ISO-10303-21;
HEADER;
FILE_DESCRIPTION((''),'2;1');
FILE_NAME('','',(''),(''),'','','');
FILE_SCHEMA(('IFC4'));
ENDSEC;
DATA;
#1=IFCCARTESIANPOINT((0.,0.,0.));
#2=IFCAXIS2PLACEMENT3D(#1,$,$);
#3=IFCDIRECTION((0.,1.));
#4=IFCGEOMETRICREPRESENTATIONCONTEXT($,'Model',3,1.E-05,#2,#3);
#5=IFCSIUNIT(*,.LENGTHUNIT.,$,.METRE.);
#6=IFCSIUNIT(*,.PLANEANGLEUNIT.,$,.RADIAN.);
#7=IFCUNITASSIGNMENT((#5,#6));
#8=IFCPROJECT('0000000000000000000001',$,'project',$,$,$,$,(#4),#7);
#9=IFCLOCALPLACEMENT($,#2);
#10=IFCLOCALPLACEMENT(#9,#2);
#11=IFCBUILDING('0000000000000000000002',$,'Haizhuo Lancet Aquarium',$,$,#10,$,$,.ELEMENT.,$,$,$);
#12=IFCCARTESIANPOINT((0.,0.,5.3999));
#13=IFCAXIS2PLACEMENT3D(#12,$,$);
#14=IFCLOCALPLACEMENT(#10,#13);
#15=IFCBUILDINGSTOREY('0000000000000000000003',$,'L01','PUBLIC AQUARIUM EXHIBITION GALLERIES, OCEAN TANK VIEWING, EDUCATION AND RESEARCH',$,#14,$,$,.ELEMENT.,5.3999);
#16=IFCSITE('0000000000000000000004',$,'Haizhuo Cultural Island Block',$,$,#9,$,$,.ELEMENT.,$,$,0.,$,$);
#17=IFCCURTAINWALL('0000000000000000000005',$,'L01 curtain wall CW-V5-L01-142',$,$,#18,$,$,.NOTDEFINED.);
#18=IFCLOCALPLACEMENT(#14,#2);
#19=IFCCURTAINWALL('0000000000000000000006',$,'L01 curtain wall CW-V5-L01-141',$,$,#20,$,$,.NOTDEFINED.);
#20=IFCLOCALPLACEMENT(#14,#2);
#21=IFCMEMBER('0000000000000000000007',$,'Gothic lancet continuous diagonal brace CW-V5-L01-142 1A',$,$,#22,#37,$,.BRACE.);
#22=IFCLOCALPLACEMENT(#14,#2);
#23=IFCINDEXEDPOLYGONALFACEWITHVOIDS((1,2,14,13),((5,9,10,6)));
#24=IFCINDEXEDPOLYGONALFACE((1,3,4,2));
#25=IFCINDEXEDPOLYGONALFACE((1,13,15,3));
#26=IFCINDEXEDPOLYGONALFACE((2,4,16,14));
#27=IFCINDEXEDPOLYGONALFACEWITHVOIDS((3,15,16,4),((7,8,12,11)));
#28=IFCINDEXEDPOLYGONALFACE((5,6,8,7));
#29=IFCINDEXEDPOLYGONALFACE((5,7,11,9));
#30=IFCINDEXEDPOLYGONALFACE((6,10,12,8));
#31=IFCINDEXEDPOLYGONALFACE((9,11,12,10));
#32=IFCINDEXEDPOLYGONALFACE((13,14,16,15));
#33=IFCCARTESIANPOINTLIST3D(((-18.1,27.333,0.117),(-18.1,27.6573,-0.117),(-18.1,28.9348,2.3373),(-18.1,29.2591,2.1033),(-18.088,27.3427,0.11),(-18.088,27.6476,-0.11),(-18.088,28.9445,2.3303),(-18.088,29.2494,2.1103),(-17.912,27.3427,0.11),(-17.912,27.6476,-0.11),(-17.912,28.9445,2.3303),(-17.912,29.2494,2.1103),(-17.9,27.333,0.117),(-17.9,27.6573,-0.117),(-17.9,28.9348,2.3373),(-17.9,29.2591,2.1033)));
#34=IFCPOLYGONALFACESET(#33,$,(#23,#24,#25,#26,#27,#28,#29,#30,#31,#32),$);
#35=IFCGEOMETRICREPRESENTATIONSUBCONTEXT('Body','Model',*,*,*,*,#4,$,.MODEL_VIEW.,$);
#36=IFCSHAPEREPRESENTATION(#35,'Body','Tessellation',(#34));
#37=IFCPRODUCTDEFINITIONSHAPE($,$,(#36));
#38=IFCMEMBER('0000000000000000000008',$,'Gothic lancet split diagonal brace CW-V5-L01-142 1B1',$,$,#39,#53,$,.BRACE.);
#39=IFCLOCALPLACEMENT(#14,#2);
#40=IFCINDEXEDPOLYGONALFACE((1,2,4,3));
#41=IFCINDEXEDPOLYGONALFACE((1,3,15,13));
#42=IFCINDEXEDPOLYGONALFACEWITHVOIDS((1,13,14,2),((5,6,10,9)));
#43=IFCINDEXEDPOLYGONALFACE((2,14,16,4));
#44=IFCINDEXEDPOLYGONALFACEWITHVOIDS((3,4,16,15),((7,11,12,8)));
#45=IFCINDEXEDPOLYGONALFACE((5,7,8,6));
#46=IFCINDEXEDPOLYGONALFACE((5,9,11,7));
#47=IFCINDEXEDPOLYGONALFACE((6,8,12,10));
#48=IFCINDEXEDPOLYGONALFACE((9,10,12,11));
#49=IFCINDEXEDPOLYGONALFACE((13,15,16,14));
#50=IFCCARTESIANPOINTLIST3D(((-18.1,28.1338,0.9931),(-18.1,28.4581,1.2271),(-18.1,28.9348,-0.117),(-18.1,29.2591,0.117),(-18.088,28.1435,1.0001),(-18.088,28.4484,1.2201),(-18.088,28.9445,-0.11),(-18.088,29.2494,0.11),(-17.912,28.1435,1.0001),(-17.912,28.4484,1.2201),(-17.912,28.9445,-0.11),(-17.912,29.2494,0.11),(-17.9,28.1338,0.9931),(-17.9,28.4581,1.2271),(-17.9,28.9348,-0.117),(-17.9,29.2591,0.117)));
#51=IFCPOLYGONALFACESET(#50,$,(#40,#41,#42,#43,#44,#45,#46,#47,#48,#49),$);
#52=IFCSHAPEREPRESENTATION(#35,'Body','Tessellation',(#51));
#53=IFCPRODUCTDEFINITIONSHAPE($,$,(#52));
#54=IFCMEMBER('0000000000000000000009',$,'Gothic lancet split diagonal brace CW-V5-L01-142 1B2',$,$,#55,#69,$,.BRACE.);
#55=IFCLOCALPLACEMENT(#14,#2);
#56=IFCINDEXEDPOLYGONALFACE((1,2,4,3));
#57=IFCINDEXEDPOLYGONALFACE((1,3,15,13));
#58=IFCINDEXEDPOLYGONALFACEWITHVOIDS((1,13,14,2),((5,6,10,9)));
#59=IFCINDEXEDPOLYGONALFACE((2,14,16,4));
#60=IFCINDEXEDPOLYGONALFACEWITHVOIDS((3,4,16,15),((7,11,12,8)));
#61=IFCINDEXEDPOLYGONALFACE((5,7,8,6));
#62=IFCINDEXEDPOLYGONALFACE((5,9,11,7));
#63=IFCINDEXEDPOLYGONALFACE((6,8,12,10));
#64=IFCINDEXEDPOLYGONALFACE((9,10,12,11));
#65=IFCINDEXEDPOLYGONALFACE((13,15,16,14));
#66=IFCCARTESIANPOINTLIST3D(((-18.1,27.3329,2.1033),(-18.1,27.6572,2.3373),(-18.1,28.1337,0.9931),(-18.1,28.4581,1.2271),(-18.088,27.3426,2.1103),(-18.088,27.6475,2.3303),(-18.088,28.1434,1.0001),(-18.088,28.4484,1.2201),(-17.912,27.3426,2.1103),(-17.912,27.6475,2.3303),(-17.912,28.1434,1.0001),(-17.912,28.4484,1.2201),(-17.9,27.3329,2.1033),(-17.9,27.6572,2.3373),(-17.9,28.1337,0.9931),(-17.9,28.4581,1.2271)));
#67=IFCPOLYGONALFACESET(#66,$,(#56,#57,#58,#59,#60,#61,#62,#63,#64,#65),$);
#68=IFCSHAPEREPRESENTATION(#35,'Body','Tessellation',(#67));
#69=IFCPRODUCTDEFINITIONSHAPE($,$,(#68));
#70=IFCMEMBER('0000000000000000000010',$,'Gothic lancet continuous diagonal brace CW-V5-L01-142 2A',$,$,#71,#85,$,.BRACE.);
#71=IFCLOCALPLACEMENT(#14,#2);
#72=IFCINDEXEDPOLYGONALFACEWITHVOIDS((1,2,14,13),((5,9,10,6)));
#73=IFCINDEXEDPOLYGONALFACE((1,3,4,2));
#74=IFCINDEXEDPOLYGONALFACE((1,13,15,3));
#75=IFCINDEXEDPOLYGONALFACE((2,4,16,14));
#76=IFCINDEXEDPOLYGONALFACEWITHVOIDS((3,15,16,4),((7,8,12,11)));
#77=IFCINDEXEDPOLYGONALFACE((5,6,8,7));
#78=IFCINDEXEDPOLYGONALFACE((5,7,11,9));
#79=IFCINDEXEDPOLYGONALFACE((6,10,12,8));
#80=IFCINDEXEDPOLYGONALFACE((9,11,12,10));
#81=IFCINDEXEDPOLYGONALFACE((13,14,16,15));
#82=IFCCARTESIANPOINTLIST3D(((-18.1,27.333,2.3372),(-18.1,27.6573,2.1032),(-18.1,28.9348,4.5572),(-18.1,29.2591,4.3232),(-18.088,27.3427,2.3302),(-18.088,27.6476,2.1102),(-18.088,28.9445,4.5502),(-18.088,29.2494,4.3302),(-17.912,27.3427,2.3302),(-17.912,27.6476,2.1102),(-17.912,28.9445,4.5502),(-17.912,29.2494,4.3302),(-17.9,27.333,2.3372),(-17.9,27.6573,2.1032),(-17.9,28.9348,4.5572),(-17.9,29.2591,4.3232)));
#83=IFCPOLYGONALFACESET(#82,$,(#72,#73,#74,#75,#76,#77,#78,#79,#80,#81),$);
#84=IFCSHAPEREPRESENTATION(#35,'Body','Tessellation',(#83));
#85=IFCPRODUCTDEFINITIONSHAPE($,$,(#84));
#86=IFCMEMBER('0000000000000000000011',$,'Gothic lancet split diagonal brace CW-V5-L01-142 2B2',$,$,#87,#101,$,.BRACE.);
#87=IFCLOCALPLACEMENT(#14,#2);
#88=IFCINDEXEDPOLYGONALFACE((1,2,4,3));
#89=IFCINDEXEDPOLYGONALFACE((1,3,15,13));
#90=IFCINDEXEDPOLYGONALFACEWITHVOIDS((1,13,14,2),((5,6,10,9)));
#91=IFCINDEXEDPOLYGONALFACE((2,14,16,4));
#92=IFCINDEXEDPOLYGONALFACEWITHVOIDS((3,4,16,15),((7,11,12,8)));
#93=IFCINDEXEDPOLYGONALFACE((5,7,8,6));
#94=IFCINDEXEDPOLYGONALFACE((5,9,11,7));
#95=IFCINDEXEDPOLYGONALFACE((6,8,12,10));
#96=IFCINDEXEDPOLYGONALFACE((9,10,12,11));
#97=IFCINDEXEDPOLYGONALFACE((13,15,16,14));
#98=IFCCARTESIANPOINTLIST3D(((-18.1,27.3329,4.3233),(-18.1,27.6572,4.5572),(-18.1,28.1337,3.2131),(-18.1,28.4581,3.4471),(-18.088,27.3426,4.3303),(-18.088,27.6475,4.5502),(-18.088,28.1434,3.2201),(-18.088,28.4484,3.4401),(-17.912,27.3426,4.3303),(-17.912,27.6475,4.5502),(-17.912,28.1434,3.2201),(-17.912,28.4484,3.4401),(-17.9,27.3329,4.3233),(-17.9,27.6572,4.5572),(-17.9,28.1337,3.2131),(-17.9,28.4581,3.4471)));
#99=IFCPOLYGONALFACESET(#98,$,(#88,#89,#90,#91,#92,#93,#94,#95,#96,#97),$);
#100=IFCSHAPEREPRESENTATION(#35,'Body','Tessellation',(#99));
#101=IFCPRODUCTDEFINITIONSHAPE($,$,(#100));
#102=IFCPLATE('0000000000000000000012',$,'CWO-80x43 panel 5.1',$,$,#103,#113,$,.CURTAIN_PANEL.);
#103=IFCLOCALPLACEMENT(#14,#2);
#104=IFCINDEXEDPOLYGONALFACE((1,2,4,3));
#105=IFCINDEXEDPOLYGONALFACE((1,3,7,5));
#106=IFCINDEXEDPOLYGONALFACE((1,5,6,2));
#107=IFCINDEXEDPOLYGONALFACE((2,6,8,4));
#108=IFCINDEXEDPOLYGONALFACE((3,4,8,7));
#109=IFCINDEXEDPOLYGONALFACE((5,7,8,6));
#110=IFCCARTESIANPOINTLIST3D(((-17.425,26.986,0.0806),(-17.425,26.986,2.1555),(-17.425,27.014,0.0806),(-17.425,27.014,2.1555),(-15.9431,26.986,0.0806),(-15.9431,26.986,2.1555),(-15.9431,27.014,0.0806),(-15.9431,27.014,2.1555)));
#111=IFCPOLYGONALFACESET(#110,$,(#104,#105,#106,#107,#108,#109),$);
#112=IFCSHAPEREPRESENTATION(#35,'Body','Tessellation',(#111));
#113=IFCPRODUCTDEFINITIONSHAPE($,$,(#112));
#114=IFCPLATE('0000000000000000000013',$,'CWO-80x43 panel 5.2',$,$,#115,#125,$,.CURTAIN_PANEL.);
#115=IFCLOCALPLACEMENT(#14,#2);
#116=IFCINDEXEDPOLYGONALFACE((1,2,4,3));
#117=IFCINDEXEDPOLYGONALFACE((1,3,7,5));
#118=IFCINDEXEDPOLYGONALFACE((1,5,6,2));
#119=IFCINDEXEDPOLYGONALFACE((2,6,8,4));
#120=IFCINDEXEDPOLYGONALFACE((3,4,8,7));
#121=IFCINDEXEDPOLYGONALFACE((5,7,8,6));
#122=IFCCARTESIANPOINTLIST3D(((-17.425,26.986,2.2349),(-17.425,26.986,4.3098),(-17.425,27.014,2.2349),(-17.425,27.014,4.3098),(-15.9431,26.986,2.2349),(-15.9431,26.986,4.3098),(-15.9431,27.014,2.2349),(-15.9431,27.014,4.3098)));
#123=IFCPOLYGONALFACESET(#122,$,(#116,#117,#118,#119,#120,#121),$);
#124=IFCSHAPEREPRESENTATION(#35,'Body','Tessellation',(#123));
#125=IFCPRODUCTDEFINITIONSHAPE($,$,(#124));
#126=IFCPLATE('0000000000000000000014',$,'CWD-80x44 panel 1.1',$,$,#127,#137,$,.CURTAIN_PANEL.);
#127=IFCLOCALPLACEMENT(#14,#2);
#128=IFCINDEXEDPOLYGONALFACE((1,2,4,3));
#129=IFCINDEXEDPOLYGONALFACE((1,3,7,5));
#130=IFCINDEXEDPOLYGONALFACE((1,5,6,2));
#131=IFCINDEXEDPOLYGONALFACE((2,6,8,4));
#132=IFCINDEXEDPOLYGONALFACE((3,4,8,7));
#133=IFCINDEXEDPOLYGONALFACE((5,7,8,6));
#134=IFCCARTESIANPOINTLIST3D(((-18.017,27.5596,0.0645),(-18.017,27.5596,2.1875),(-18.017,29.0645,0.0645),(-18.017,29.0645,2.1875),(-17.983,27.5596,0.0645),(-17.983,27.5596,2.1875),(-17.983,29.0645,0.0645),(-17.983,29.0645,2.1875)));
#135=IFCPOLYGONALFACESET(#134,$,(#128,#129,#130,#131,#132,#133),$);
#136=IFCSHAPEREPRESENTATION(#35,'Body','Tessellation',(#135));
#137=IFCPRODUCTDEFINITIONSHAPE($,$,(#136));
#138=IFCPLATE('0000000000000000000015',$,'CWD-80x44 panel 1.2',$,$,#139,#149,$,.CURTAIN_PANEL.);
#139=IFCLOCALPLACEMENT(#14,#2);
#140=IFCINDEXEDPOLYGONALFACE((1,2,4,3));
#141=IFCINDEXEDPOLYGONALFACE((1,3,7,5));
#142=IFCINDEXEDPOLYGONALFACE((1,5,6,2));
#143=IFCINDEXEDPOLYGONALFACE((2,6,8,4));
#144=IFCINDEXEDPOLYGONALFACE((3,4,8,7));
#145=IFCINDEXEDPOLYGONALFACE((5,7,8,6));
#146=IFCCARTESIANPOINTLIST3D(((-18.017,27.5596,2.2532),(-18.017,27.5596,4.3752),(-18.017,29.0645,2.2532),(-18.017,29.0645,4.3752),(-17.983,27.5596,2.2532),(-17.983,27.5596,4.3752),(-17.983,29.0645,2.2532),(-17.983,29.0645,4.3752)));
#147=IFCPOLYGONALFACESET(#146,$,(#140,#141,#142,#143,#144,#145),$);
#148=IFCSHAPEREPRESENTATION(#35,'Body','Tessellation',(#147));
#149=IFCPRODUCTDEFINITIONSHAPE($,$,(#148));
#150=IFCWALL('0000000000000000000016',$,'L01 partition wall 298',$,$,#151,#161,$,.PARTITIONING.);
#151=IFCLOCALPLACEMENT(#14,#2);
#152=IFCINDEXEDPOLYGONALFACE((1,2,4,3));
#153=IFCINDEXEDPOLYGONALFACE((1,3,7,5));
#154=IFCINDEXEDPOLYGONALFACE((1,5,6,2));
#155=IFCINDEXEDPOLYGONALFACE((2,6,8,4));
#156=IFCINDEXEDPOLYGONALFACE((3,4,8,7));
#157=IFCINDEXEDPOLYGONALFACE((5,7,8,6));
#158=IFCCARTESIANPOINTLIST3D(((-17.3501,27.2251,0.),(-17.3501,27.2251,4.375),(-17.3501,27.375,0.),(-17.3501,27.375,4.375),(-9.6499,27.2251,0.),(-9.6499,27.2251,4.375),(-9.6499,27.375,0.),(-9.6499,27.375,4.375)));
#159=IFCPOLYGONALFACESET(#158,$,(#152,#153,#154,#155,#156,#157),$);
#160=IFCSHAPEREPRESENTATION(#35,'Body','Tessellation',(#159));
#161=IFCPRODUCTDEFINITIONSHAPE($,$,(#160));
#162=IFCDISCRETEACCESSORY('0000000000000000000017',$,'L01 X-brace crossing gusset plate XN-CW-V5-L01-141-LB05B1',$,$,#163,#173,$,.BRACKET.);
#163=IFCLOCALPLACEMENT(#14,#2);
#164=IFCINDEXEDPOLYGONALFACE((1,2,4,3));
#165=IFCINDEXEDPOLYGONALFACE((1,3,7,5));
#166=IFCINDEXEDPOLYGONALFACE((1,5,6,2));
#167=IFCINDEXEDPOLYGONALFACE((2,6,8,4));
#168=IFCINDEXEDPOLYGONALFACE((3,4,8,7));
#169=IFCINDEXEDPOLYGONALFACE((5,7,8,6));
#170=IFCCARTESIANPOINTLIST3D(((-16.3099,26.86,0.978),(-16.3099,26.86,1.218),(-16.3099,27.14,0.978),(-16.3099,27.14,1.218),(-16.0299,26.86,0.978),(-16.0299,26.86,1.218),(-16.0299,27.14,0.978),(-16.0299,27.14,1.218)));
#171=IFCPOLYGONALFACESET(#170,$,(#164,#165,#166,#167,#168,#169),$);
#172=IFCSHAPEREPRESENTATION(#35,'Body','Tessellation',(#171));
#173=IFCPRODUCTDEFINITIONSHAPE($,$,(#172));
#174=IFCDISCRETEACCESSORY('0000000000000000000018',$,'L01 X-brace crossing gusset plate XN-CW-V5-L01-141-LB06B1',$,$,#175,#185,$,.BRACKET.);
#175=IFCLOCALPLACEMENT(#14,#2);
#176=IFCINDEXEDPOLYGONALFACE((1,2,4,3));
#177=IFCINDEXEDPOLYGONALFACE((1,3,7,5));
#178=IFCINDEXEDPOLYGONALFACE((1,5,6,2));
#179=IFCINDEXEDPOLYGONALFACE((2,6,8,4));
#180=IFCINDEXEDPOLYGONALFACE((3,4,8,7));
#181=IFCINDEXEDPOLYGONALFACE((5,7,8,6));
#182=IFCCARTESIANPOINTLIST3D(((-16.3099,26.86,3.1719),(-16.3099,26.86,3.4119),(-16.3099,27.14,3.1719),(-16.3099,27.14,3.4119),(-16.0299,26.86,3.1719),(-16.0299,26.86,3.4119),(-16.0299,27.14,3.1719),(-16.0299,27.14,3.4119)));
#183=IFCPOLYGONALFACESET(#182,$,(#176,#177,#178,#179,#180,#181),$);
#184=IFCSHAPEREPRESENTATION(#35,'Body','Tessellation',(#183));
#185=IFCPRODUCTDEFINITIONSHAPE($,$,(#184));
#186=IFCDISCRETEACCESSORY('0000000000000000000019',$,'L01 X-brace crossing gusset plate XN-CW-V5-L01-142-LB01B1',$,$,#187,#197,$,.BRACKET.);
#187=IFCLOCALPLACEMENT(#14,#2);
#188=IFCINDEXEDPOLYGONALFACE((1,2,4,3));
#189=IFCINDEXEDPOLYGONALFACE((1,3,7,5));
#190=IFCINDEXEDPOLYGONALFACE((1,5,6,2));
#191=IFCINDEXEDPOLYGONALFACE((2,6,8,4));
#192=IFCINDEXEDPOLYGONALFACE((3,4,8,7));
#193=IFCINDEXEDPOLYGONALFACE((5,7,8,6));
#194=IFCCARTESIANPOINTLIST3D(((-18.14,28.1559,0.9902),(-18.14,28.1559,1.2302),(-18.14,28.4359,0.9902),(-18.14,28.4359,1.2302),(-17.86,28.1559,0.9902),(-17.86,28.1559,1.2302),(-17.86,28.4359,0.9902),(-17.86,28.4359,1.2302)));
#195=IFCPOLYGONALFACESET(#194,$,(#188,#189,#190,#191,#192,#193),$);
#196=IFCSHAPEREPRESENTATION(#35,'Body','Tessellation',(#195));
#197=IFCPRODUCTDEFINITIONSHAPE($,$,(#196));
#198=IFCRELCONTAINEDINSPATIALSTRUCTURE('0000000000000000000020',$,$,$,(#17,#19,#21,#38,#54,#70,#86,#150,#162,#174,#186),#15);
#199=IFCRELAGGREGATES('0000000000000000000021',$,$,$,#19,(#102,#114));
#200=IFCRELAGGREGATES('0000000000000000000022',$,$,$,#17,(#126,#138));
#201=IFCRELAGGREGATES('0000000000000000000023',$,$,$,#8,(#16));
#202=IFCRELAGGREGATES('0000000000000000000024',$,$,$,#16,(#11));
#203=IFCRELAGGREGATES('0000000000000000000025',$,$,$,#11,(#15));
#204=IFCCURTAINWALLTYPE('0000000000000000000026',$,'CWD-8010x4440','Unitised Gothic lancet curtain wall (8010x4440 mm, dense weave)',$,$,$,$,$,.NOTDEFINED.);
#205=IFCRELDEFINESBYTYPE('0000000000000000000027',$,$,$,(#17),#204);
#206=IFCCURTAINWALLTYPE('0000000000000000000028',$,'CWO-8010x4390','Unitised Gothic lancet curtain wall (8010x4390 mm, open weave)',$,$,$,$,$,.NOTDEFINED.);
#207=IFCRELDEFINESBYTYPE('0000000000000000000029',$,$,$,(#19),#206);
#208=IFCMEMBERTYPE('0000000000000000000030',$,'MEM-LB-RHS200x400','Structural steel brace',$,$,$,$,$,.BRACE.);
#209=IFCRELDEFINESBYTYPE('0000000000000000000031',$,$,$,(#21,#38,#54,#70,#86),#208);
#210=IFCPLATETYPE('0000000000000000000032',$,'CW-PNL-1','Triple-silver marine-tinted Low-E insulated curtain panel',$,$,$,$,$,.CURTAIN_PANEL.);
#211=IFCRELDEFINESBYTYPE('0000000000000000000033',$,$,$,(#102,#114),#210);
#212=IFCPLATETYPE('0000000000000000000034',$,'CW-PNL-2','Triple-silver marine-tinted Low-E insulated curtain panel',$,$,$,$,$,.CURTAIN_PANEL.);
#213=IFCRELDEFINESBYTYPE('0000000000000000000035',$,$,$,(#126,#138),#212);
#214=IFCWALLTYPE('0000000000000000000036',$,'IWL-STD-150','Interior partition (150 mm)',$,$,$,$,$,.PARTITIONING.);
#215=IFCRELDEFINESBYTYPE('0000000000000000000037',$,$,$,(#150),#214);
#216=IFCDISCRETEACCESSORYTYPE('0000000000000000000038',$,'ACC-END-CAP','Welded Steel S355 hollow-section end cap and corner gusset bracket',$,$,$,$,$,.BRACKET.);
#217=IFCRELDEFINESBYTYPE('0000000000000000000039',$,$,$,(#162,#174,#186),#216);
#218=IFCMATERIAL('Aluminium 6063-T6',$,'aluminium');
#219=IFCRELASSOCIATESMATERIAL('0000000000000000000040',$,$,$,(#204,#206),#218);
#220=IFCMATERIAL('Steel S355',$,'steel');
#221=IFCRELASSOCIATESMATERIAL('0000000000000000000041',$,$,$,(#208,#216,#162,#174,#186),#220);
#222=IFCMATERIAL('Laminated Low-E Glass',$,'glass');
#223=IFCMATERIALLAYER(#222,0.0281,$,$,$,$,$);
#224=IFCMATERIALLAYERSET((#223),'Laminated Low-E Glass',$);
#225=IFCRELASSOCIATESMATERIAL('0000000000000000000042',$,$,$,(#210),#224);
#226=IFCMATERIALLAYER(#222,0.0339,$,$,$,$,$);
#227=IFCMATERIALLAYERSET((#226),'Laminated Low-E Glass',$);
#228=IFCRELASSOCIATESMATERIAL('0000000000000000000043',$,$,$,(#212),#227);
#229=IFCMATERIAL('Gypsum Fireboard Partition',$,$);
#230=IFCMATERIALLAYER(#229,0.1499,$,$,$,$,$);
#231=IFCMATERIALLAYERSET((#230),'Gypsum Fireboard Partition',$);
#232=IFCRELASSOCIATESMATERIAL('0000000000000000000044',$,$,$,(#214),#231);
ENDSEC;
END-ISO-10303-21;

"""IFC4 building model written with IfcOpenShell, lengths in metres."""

from ifc_helpers import new_model, si_unit, direction, frame, frame_2d, origin, origin_2d, place, context, subcontext, project, spatial, rectangle, hollow_rectangle, extrude, material, layer, layer_set, material_profile, profile_set, type_object, element, aggregate, save


model = new_model("IFC4")

# Units and contexts
model_context = context("Model", 3, precision=1e-05, world=origin(), true_north=direction((0.0, 1.0)))
body_context = subcontext(model_context, "Body", "Model", "MODEL_VIEW")
ifc_project = project(units=[si_unit("LENGTHUNIT", "METRE"), si_unit("PLANEANGLEUNIT", "RADIAN")], contexts=[model_context])

# Site, building, storey
site_placement = place(None, origin())
site = spatial("IfcSite", under=ifc_project, at=site_placement, Name="Haizhuo Cultural Island Block", CompositionType="ELEMENT", RefElevation=0.0)
building_placement = place(site_placement, origin())
building = spatial("IfcBuilding", under=site, at=building_placement, Name="Haizhuo Lancet Aquarium", CompositionType="ELEMENT")
storey_placement = place(building_placement, frame((0.0, 0.0, 5.3999)))
storey = spatial("IfcBuildingStorey", under=building, at=storey_placement, Name="L01", Description="PUBLIC AQUARIUM EXHIBITION GALLERIES, OCEAN TANK VIEWING, EDUCATION AND RESEARCH", CompositionType="ELEMENT", Elevation=5.3999)

# Curtain wall
ifc_material_1 = material(Name="Aluminium 6063-T6", Category="aluminium")
curtain_wall_type_1 = type_object("IfcCurtainWallType", Name="CWD-8010x4440", Description="Unitised Gothic lancet curtain wall (8010x4440 mm, dense weave)", PredefinedType="NOTDEFINED", material=ifc_material_1)
curtain_wall_1_placement = place(storey_placement, origin())
curtain_wall_1 = element("IfcCurtainWall", 1, at=curtain_wall_1_placement, inside=storey, type_object=curtain_wall_type_1, Name="L01 curtain wall CW-V5-L01-142", PredefinedType="NOTDEFINED")

# Curtain wall
curtain_wall_type_2 = type_object("IfcCurtainWallType", Name="CWO-8010x4390", Description="Unitised Gothic lancet curtain wall (8010x4390 mm, open weave)", PredefinedType="NOTDEFINED", material=ifc_material_1)
curtain_wall_2_placement = place(storey_placement, origin())
curtain_wall_2 = element("IfcCurtainWall", 2, at=curtain_wall_2_placement, inside=storey, type_object=curtain_wall_type_2, Name="L01 curtain wall CW-V5-L01-141", PredefinedType="NOTDEFINED")

# Members
ifc_material_2 = material(Name="Steel S355", Category="steel")
ifc_material_profile_1 = material_profile(ifc_material_2, hollow_rectangle(XDim=0.2, YDim=0.3999, WallThickness=0.012, at=origin_2d()), Name="RHS 200x400x12")
ifc_profile_set_1 = profile_set([ifc_material_profile_1], Name="Steel S355")
member_type_1 = type_object("IfcMemberType", Name="MEM-LB-RHS200x400", Description="Structural steel brace", PredefinedType="BRACE", material=ifc_profile_set_1)
member_1_placement = place(storey_placement, frame((-18.0, 27.4951, 0.0), z_axis=(0.0, 0.585087, 0.810971), x_axis=(-1.0, 0.0, 0.0)))
element("IfcMember", 3, at=member_1_placement, inside=storey, type_object=member_type_1, Name="Gothic lancet continuous diagonal brace CW-V5-L01-142 1A", PredefinedType="BRACE", context=body_context, shape_type="SweptSolid", body=[
    extrude(hollow_rectangle(XDim=0.2, YDim=0.3999, WallThickness=0.012, at=origin_2d()), origin(), (0.0, 0.0, 1.0), 2.7378),
])
for number, where, z_axis, x_axis, name in (
    (4, (-18.0, 29.0969, 0.0), (0.0, -0.585145, 0.810928), (1.0, 0.0, 0.0), "Gothic lancet split diagonal brace CW-V5-L01-142 1B1"),
    (5, (-18.0, 28.2959, 1.1101), (0.0, -0.585028, 0.811013), (1.0, 0.0, 0.0), "Gothic lancet split diagonal brace CW-V5-L01-142 1B2"),
):
    element("IfcMember", number, at=place(storey_placement, frame(where, z_axis=z_axis, x_axis=x_axis)), inside=storey, type_object=member_type_1, Name=name, PredefinedType="BRACE", context=body_context, shape_type="SweptSolid", body=[
        extrude(hollow_rectangle(XDim=0.2, YDim=0.3999, WallThickness=0.012, at=origin_2d()), origin(), (0.0, 0.0, 1.0), 1.3689),
    ])
member_2_placement = place(storey_placement, frame((-18.0, 27.4951, 2.2202), z_axis=(0.0, 0.585129, 0.81094), x_axis=(-1.0, 0.0, 0.0)))
element("IfcMember", 6, at=member_2_placement, inside=storey, type_object=member_type_1, Name="Gothic lancet continuous diagonal brace CW-V5-L01-142 2A", PredefinedType="BRACE", context=body_context, shape_type="SweptSolid", body=[
    extrude(hollow_rectangle(XDim=0.2, YDim=0.3999, WallThickness=0.012, at=origin_2d()), origin(), (0.0, 0.0, 1.0), 2.7375),
])
member_3_placement = place(storey_placement, frame((-18.0, 28.2959, 3.3301), z_axis=(0.0, -0.585028, 0.811013), x_axis=(1.0, 0.0, 0.0)))
element("IfcMember", 7, at=member_3_placement, inside=storey, type_object=member_type_1, Name="Gothic lancet split diagonal brace CW-V5-L01-142 2B2", PredefinedType="BRACE", context=body_context, shape_type="SweptSolid", body=[
    extrude(hollow_rectangle(XDim=0.2, YDim=0.3999, WallThickness=0.012, at=origin_2d()), origin(), (0.0, 0.0, 1.0), 1.3689),
])

# Plates
ifc_material_3 = material(Name="Laminated Low-E Glass", Category="glass")
ifc_layer_1 = layer(ifc_material_3, 0.0281)
ifc_layer_set_1 = layer_set([ifc_layer_1], Name="Laminated Low-E Glass")
plate_type_1 = type_object("IfcPlateType", Name="CW-PNL-1", Description="Triple-silver marine-tinted Low-E insulated curtain panel", PredefinedType="CURTAIN_PANEL", material=ifc_layer_set_1)
plate_1_placement = place(storey_placement, frame((-16.6841, 27.0, 0.0806), z_axis=(0.0, 0.0, 1.0), x_axis=(-1.0, 0.0, 0.0)))
plate_1 = element("IfcPlate", 8, at=plate_1_placement, type_object=plate_type_1, Name="CWO-80x43 panel 5.1", PredefinedType="CURTAIN_PANEL", context=body_context, shape_type="SweptSolid", body=[
    extrude(rectangle(XDim=1.4819, YDim=0.0281, at=origin_2d()), origin(), (0.0, 0.0, 1.0), 2.075),
])
plate_2_placement = place(storey_placement, frame((-16.6841, 27.0, 2.2349), z_axis=(0.0, 0.0, 1.0), x_axis=(-1.0, 0.0, 0.0)))
plate_2 = element("IfcPlate", 9, at=plate_2_placement, type_object=plate_type_1, Name="CWO-80x43 panel 5.2", PredefinedType="CURTAIN_PANEL", context=body_context, shape_type="SweptSolid", body=[
    extrude(rectangle(XDim=1.4819, YDim=0.0281, at=origin_2d()), origin(), (0.0, 0.0, 1.0), 2.075),
])
aggregate(curtain_wall_2, [plate_1, plate_2])
ifc_layer_2 = layer(ifc_material_3, 0.0339)
ifc_layer_set_2 = layer_set([ifc_layer_2], Name="Laminated Low-E Glass")
plate_type_2 = type_object("IfcPlateType", Name="CW-PNL-2", Description="Triple-silver marine-tinted Low-E insulated curtain panel", PredefinedType="CURTAIN_PANEL", material=ifc_layer_set_2)
plate_3_placement = place(storey_placement, frame((-18.0, 28.312, 0.0645), z_axis=(0.0, 0.0, 1.0), x_axis=(0.0, 1.0, 0.0)))
plate_3 = element("IfcPlate", 10, at=plate_3_placement, type_object=plate_type_2, Name="CWD-80x44 panel 1.1", PredefinedType="CURTAIN_PANEL", context=body_context, shape_type="SweptSolid", body=[
    extrude(rectangle(XDim=1.5049, YDim=0.0339, at=origin_2d()), origin(), (0.0, 0.0, 1.0), 2.123),
])
plate_4_placement = place(storey_placement, frame((-18.0, 28.312, 2.2532), z_axis=(0.0, 0.0, 1.0), x_axis=(0.0, 1.0, 0.0)))
plate_4 = element("IfcPlate", 11, at=plate_4_placement, type_object=plate_type_2, Name="CWD-80x44 panel 1.2", PredefinedType="CURTAIN_PANEL", context=body_context, shape_type="SweptSolid", body=[
    extrude(rectangle(XDim=1.5049, YDim=0.0339, at=origin_2d()), origin(), (0.0, 0.0, 1.0), 2.1221),
])
aggregate(curtain_wall_1, [plate_3, plate_4])

# Wall
ifc_material_4 = material(Name="Gypsum Fireboard Partition")
ifc_layer_3 = layer(ifc_material_4, 0.1499)
ifc_layer_set_3 = layer_set([ifc_layer_3], Name="Gypsum Fireboard Partition")
wall_type = type_object("IfcWallType", Name="IWL-STD-150", Description="Interior partition (150 mm)", PredefinedType="PARTITIONING", material=ifc_layer_set_3)
wall_placement = place(storey_placement, frame((-17.3501, 27.3, 0.0), z_axis=(0.0, 0.0, 1.0), x_axis=(1.0, 0.0, 0.0)))
element("IfcWall", 12, at=wall_placement, inside=storey, type_object=wall_type, Name="L01 partition wall 298", PredefinedType="PARTITIONING", context=body_context, shape_type="SweptSolid", body=[
    extrude(rectangle(XDim=7.7002, YDim=0.1499, at=frame_2d((3.8501, 0.0))), origin(), (0.0, 0.0, 1.0), 4.375),
])

# Discrete accessories
discrete_accessory_type = type_object("IfcDiscreteAccessoryType", Name="ACC-END-CAP", Description="Welded Steel S355 hollow-section end cap and corner gusset bracket", PredefinedType="BRACKET", material=ifc_material_2)
for number, where, z_axis, x_axis, name in (
    (13, (-16.1699, 27.0, 0.978), (0.0, 0.0, 1.0), (1.0, 0.0, 0.0), "L01 X-brace crossing gusset plate XN-CW-V5-L01-141-LB05B1"),
    (14, (-16.1699, 27.0, 3.1719), (0.0, 0.0, 1.0), (1.0, 0.0, 0.0), "L01 X-brace crossing gusset plate XN-CW-V5-L01-141-LB06B1"),
    (15, (-18.0, 28.2959, 0.9902), (0.0, 0.0, 1.0), (1.0, 0.0, 0.0), "L01 X-brace crossing gusset plate XN-CW-V5-L01-142-LB01B1"),
):
    element("IfcDiscreteAccessory", number, at=place(storey_placement, frame(where, z_axis=z_axis, x_axis=x_axis)), inside=storey, type_object=discrete_accessory_type, material=ifc_material_2, Name=name, PredefinedType="BRACKET", context=body_context, shape_type="SweptSolid", body=[
        extrude(rectangle(XDim=0.28, YDim=0.28, at=origin_2d()), origin(), (0.0, 0.0, 1.0), 0.24),
    ])

save(model, "model.ifc")
